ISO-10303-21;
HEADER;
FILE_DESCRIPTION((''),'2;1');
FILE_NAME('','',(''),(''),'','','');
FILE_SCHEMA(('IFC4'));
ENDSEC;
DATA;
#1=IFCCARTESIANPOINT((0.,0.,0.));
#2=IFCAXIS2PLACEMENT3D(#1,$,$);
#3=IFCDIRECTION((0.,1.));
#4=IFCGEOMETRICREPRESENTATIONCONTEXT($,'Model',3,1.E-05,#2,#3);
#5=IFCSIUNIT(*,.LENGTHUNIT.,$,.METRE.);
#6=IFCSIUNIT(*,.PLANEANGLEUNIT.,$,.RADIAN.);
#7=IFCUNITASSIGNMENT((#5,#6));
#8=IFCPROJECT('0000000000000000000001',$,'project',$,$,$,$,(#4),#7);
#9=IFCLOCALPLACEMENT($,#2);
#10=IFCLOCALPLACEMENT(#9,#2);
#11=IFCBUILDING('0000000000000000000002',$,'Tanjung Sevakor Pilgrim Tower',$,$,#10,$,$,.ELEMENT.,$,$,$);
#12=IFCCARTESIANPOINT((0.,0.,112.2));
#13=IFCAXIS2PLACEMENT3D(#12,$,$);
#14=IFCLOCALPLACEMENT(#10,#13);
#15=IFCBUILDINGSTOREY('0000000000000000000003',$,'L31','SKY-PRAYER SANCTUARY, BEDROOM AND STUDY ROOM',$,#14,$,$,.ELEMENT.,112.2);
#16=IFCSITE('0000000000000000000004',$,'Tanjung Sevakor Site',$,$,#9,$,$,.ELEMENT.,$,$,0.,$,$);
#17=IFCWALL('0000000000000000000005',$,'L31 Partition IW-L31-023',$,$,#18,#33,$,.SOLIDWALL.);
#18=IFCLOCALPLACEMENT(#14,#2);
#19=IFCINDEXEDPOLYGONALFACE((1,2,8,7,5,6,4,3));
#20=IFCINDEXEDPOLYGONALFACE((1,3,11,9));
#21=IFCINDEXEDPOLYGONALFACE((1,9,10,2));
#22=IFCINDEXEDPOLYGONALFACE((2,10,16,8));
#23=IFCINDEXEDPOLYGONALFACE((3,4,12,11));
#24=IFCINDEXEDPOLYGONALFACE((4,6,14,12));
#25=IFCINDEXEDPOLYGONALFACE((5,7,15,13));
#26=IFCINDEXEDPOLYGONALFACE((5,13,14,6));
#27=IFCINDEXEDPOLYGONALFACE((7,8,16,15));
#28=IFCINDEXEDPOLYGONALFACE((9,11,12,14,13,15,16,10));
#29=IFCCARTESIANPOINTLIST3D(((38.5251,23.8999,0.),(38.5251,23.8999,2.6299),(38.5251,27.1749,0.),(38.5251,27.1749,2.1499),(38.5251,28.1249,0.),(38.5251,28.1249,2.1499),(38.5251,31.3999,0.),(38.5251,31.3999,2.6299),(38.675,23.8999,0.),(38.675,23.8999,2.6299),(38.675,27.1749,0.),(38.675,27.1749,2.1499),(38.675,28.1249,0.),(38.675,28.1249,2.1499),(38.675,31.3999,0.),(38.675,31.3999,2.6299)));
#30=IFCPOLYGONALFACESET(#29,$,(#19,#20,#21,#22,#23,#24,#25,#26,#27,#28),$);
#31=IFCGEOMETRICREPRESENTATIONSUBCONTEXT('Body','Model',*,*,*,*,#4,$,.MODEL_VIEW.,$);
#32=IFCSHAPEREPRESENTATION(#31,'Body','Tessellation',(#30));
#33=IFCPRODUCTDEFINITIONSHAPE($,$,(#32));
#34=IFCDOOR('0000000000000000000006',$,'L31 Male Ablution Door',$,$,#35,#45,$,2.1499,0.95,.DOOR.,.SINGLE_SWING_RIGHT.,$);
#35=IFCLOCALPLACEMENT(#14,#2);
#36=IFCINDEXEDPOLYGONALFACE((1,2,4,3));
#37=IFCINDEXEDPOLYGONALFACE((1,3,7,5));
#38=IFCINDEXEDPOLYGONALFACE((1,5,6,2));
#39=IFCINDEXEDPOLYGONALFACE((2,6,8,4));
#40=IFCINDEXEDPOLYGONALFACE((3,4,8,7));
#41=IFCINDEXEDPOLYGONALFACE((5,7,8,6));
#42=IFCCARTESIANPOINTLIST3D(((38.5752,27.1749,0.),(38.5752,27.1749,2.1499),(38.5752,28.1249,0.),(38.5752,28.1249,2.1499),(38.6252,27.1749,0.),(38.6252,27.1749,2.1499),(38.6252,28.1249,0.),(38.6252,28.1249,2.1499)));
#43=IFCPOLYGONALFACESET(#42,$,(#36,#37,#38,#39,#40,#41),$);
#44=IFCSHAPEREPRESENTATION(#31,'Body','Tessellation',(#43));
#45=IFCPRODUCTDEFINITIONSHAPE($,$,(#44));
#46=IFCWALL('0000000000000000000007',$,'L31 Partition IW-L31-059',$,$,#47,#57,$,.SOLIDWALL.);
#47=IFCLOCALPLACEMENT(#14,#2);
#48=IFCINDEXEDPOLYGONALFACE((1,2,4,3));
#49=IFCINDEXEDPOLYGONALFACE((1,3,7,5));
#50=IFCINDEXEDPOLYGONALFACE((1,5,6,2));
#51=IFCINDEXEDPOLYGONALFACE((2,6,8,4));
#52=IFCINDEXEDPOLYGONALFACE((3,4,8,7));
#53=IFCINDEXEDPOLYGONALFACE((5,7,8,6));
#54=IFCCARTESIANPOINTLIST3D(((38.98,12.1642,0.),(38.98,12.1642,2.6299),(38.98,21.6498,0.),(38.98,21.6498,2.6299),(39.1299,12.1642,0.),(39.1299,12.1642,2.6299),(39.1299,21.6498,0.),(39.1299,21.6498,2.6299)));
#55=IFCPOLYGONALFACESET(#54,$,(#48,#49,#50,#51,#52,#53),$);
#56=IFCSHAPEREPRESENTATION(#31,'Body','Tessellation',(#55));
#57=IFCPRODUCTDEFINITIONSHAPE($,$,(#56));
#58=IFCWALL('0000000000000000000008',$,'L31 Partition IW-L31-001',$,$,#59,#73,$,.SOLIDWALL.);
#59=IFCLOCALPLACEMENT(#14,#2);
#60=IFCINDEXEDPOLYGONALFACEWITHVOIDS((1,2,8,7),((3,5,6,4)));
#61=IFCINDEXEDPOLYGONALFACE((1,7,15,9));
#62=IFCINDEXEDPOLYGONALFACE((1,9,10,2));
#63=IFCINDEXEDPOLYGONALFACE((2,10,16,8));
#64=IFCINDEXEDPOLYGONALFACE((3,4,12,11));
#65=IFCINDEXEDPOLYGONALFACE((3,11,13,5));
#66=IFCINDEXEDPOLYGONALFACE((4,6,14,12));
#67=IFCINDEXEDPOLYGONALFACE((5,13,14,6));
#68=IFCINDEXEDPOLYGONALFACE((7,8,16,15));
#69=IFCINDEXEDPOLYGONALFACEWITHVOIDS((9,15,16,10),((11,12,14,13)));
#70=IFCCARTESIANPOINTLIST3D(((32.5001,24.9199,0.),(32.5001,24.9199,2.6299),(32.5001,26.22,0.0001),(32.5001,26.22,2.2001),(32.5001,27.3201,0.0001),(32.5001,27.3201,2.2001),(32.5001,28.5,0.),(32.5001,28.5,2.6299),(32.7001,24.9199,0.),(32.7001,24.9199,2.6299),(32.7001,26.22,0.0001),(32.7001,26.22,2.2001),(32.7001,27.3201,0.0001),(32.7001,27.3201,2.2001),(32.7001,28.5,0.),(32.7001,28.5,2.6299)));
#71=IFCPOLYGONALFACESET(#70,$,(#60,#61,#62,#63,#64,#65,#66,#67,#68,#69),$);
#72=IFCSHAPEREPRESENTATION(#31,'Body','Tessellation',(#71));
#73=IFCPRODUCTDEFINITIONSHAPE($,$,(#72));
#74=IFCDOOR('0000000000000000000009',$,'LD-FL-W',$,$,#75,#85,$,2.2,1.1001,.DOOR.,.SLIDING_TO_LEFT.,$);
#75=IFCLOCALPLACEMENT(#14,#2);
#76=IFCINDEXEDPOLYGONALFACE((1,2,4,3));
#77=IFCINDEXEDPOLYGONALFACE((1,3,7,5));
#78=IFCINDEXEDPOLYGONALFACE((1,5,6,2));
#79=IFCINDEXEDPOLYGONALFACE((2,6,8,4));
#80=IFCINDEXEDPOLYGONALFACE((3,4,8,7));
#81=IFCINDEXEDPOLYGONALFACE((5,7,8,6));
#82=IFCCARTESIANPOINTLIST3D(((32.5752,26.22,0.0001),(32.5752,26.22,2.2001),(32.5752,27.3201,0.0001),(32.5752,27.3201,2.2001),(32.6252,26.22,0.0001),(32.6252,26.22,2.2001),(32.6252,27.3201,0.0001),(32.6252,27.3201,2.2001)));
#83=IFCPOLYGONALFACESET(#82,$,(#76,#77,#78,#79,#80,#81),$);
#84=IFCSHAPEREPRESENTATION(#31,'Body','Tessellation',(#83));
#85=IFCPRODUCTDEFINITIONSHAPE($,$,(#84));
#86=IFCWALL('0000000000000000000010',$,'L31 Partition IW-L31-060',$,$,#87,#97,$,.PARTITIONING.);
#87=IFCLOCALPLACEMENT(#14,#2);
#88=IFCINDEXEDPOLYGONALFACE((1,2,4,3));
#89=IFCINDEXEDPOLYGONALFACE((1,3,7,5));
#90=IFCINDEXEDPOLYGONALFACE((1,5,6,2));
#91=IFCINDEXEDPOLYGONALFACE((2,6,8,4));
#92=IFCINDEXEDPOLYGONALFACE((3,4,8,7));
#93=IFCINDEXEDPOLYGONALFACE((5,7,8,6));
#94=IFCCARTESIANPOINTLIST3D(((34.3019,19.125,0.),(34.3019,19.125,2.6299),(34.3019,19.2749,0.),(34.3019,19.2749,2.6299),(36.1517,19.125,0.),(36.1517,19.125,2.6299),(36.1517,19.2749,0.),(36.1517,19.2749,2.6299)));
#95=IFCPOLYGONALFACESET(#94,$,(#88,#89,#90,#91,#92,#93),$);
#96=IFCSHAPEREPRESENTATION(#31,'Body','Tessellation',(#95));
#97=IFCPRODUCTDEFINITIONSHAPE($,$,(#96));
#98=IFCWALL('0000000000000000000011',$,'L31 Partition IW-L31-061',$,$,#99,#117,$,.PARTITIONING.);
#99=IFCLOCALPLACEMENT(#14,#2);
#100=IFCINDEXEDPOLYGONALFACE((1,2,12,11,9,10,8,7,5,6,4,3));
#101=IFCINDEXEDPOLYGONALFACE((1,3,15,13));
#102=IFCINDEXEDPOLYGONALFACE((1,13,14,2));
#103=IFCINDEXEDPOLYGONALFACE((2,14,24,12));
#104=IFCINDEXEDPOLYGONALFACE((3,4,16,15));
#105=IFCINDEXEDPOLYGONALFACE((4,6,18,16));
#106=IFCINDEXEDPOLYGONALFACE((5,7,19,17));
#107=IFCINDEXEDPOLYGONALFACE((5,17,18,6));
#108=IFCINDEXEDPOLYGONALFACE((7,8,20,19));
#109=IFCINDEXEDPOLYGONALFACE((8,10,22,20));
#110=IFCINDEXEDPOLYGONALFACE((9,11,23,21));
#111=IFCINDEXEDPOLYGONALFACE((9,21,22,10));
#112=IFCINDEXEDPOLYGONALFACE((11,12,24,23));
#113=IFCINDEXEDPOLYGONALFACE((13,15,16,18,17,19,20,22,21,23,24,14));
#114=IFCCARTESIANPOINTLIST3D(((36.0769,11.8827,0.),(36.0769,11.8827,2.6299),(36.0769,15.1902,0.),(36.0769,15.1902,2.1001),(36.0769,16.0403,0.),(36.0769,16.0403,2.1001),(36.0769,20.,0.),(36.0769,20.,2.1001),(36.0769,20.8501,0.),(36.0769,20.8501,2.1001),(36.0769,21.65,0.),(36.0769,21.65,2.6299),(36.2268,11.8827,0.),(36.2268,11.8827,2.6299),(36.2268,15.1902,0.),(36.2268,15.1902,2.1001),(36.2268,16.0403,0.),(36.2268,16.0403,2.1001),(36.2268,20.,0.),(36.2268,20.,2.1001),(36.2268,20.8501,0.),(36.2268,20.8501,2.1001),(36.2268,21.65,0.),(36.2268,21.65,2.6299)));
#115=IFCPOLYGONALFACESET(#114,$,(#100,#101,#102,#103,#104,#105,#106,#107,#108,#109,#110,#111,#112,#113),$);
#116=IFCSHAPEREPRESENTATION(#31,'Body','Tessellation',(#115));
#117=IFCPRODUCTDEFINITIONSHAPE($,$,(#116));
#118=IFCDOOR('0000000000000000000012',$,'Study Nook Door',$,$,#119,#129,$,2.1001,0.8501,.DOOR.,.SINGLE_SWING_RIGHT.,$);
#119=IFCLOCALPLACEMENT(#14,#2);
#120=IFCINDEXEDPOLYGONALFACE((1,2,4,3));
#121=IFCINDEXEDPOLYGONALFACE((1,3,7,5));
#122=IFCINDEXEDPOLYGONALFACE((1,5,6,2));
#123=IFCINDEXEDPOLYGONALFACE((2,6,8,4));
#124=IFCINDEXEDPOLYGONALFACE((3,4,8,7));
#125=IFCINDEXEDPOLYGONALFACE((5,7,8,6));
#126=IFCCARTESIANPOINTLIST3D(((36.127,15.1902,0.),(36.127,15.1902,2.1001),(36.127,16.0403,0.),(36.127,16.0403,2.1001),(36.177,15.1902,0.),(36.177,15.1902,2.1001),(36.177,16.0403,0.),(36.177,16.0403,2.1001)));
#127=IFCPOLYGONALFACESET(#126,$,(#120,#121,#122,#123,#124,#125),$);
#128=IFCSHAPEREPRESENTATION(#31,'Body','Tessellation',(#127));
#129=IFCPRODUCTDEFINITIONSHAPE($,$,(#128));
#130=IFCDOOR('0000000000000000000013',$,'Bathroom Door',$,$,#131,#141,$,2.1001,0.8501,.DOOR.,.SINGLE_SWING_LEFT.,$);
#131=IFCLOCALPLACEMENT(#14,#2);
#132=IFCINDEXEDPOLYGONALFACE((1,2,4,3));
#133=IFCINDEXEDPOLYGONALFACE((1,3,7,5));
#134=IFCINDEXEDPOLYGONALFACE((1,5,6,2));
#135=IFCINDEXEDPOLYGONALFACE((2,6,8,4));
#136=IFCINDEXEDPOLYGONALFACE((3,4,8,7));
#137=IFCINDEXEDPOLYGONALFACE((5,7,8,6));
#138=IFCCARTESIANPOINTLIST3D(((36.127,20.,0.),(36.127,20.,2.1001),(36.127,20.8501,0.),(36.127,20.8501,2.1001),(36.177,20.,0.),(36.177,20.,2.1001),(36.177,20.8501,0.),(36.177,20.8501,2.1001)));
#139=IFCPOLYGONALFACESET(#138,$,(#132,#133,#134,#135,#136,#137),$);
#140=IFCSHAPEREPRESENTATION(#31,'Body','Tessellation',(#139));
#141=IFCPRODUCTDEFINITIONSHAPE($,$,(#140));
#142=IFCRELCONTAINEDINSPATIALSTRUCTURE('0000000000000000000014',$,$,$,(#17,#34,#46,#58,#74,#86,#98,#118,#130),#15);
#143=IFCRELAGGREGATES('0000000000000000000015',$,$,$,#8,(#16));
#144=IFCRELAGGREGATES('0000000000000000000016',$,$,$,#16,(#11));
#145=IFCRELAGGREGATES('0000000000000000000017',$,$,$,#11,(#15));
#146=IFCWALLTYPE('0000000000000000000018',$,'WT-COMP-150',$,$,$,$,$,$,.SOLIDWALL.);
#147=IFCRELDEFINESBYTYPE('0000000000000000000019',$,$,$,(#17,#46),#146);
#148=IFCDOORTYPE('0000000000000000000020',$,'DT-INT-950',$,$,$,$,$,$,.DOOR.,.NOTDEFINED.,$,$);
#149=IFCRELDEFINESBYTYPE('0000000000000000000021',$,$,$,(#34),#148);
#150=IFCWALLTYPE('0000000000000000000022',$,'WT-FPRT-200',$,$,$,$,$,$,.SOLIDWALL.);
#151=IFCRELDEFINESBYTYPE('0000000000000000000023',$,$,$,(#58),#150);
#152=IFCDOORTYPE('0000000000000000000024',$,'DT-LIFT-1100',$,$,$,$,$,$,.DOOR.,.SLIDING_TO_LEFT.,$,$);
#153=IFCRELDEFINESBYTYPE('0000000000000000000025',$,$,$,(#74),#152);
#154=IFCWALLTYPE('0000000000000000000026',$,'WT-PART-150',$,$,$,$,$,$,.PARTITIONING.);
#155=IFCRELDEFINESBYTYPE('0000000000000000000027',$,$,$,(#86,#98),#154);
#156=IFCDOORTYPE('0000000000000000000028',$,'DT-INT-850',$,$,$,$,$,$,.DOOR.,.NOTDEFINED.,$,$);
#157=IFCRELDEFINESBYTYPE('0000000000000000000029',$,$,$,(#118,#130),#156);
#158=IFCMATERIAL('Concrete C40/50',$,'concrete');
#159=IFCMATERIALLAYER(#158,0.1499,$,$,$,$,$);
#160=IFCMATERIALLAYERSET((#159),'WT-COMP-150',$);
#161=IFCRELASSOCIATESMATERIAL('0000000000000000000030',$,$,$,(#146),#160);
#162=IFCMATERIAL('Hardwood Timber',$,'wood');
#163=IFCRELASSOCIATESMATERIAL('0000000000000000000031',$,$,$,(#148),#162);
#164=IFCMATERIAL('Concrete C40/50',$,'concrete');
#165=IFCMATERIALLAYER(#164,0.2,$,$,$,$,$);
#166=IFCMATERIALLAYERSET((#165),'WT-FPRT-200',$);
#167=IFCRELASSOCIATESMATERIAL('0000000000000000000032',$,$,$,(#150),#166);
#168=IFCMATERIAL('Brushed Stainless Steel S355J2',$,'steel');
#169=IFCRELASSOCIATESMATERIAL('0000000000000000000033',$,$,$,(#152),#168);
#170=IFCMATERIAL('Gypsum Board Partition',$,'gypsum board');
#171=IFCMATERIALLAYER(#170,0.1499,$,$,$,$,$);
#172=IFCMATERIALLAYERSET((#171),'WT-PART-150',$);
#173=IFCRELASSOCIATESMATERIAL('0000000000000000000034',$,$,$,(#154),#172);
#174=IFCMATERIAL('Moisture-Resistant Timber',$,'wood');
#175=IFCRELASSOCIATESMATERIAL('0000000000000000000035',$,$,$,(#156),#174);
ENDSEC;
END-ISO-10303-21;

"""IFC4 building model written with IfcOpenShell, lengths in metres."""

from ifc_helpers import new_model, si_unit, direction, frame, frame_2d, origin, place, context, subcontext, project, spatial, rectangle, extrude, material, layer, layer_set, type_object, element, fill, save


model = new_model("IFC4")

# Units and contexts
model_context = context("Model", 3, precision=1e-05, world=origin(), true_north=direction((0.0, 1.0)))
body_context = subcontext(model_context, "Body", "Model", "MODEL_VIEW")
ifc_project = project(units=[si_unit("LENGTHUNIT", "METRE"), si_unit("PLANEANGLEUNIT", "RADIAN")], contexts=[model_context])

# Site, building, storey
site_placement = place(None, origin())
site = spatial("IfcSite", under=ifc_project, at=site_placement, Name="Tanjung Sevakor Site", CompositionType="ELEMENT", RefElevation=0.0)
building_placement = place(site_placement, origin())
building = spatial("IfcBuilding", under=site, at=building_placement, Name="Tanjung Sevakor Pilgrim Tower", CompositionType="ELEMENT")
storey_placement = place(building_placement, frame((0.0, 0.0, 112.2)))
storey = spatial("IfcBuildingStorey", under=building, at=storey_placement, Name="L31", Description="SKY-PRAYER SANCTUARY, BEDROOM AND STUDY ROOM", CompositionType="ELEMENT", Elevation=112.2)

# Shared definitions
ifc_material_1 = material(Name="Concrete C40/50", Category="concrete")
ifc_layer_1 = layer(ifc_material_1, 0.1499)
ifc_layer_set_1 = layer_set([ifc_layer_1], Name="WT-COMP-150")
wall_type_1 = type_object("IfcWallType", Name="WT-COMP-150", PredefinedType="SOLIDWALL", material=ifc_layer_set_1)

# Wall, opening, door
wall_1_placement = place(storey_placement, frame((38.6001, 23.8999, 0.0), z_axis=(0.0, 0.0, 1.0), x_axis=(0.0, 1.0, 0.0)))
wall_1 = element("IfcWall", 1, at=wall_1_placement, inside=storey, type_object=wall_type_1, Name="L31 Partition IW-L31-023", PredefinedType="SOLIDWALL", context=body_context, shape_type="SweptSolid", body=[
    extrude(rectangle(XDim=7.5, YDim=0.1499, at=frame_2d((3.75, 0.0))), origin(), (0.0, 0.0, 1.0), 2.6299),
])
opening_1_placement = place(wall_1_placement, frame((3.2749, 0.0, 0.0)))
opening_1 = element("IfcOpeningElement", 2, at=opening_1_placement, cuts=wall_1, PredefinedType="OPENING", context=body_context, shape_type="SweptSolid", body=[
    extrude(rectangle(XDim=0.95, YDim=2.1499, at=frame_2d((0.4751, 1.075))), frame((0.0, 0.085, 0.0), z_axis=(0.0, -1.0, 0.0), x_axis=(1.0, 0.0, 0.0)), (0.0, 0.0, 1.0), 0.1699),
])
ifc_material_2 = material(Name="Hardwood Timber", Category="wood")
door_type_1 = type_object("IfcDoorType", Name="DT-INT-950", OperationType="NOTDEFINED", PredefinedType="DOOR", material=ifc_material_2)
door_1_placement = place(opening_1_placement, origin())
door_1 = element("IfcDoor", 3, at=door_1_placement, inside=storey, type_object=door_type_1, Name="L31 Male Ablution Door", OperationType="SINGLE_SWING_RIGHT", OverallHeight=2.1499, OverallWidth=0.95, PredefinedType="DOOR", context=body_context, shape_type="SweptSolid", body=[
    extrude(rectangle(XDim=0.95, YDim=2.1499, at=frame_2d((0.4751, 1.075))), frame((0.0, 0.0249, 0.0), z_axis=(0.0, -1.0, 0.0), x_axis=(1.0, 0.0, 0.0)), (0.0, 0.0, 1.0), 0.05),
])
fill(opening_1, door_1)

# Wall
wall_2_placement = place(storey_placement, frame((39.0549, 12.1643, 0.0), z_axis=(0.0, 0.0, 1.0), x_axis=(0.0, 1.0, 0.0)))
element("IfcWall", 4, at=wall_2_placement, inside=storey, type_object=wall_type_1, Name="L31 Partition IW-L31-059", PredefinedType="SOLIDWALL", context=body_context, shape_type="SweptSolid", body=[
    extrude(rectangle(XDim=9.4856, YDim=0.1499, at=frame_2d((4.7427, 0.0))), origin(), (0.0, 0.0, 1.0), 2.6299),
])

# Wall, opening, door
ifc_material_3 = material(Name="Concrete C40/50", Category="concrete")
ifc_layer_2 = layer(ifc_material_3, 0.2)
ifc_layer_set_2 = layer_set([ifc_layer_2], Name="WT-FPRT-200")
wall_type_2 = type_object("IfcWallType", Name="WT-FPRT-200", PredefinedType="SOLIDWALL", material=ifc_layer_set_2)
wall_3_placement = place(storey_placement, frame((32.6001, 24.9199, 0.0), z_axis=(0.0, 0.0, 1.0), x_axis=(0.0, 1.0, 0.0)))
wall_3 = element("IfcWall", 5, at=wall_3_placement, inside=storey, type_object=wall_type_2, Name="L31 Partition IW-L31-001", PredefinedType="SOLIDWALL", context=body_context, shape_type="SweptSolid", body=[
    extrude(rectangle(XDim=3.5801, YDim=0.2, at=frame_2d((1.79, 0.0))), origin(), (0.0, 0.0, 1.0), 2.6299),
])
opening_2_placement = place(wall_3_placement, frame((1.3, 0.0, 0.0)))
opening_2 = element("IfcOpeningElement", 6, at=opening_2_placement, cuts=wall_3, PredefinedType="OPENING", context=body_context, shape_type="SweptSolid", body=[
    extrude(rectangle(XDim=1.1001, YDim=2.2, at=frame_2d((0.55, 1.1001))), frame((0.0, 0.1099, 0.0), z_axis=(0.0, -1.0, 0.0), x_axis=(1.0, 0.0, 0.0)), (0.0, 0.0, 1.0), 0.22),
])
ifc_material_4 = material(Name="Brushed Stainless Steel S355J2", Category="steel")
door_type_2 = type_object("IfcDoorType", Name="DT-LIFT-1100", OperationType="SLIDING_TO_LEFT", PredefinedType="DOOR", material=ifc_material_4)
door_2_placement = place(opening_2_placement, origin())
door_2 = element("IfcDoor", 7, at=door_2_placement, inside=storey, type_object=door_type_2, Name="LD-FL-W", OperationType="SLIDING_TO_LEFT", OverallHeight=2.2, OverallWidth=1.1001, PredefinedType="DOOR", context=body_context, shape_type="SweptSolid", body=[
    extrude(rectangle(XDim=1.1001, YDim=2.2, at=frame_2d((0.55, 1.1001))), frame((0.0, 0.0249, 0.0), z_axis=(0.0, -1.0, 0.0), x_axis=(1.0, 0.0, 0.0)), (0.0, 0.0, 1.0), 0.05),
])
fill(opening_2, door_2)

# Wall
ifc_material_5 = material(Name="Gypsum Board Partition", Category="gypsum board")
ifc_layer_3 = layer(ifc_material_5, 0.1499)
ifc_layer_set_3 = layer_set([ifc_layer_3], Name="WT-PART-150")
wall_type_3 = type_object("IfcWallType", Name="WT-PART-150", PredefinedType="PARTITIONING", material=ifc_layer_set_3)
wall_4_placement = place(storey_placement, frame((34.302, 19.2, 0.0), z_axis=(0.0, 0.0, 1.0), x_axis=(1.0, 0.0, 0.0)))
element("IfcWall", 8, at=wall_4_placement, inside=storey, type_object=wall_type_3, Name="L31 Partition IW-L31-060", PredefinedType="PARTITIONING", context=body_context, shape_type="SweptSolid", body=[
    extrude(rectangle(XDim=1.8499, YDim=0.1499, at=frame_2d((0.9248, 0.0))), origin(), (0.0, 0.0, 1.0), 2.6299),
])

# Wall, openings, doors
wall_5_placement = place(storey_placement, frame((36.1519, 11.8826, 0.0), z_axis=(0.0, 0.0, 1.0), x_axis=(0.0, 1.0, 0.0)))
wall_5 = element("IfcWall", 9, at=wall_5_placement, inside=storey, type_object=wall_type_3, Name="L31 Partition IW-L31-061", PredefinedType="PARTITIONING", context=body_context, shape_type="SweptSolid", body=[
    extrude(rectangle(XDim=9.7673, YDim=0.1499, at=frame_2d((4.8838, 0.0))), origin(), (0.0, 0.0, 1.0), 2.6299),
])
opening_3_placement = place(wall_5_placement, frame((3.3076, 0.0, 0.0)))
opening_3 = element("IfcOpeningElement", 10, at=opening_3_placement, cuts=wall_5, PredefinedType="OPENING", context=body_context, shape_type="SweptSolid", body=[
    extrude(rectangle(XDim=0.8501, YDim=2.1001, at=frame_2d((0.425, 1.05))), frame((0.0, 0.085, 0.0), z_axis=(0.0, -1.0, 0.0), x_axis=(1.0, 0.0, 0.0)), (0.0, 0.0, 1.0), 0.1699),
])
opening_4_placement = place(wall_5_placement, frame((8.1174, 0.0, 0.0)))
opening_4 = element("IfcOpeningElement", 11, at=opening_4_placement, cuts=wall_5, PredefinedType="OPENING", context=body_context, shape_type="SweptSolid", body=[
    extrude(rectangle(XDim=0.8501, YDim=2.1001, at=frame_2d((0.425, 1.05))), frame((0.0, 0.085, 0.0), z_axis=(0.0, -1.0, 0.0), x_axis=(1.0, 0.0, 0.0)), (0.0, 0.0, 1.0), 0.1699),
])
ifc_material_6 = material(Name="Moisture-Resistant Timber", Category="wood")
door_type_3 = type_object("IfcDoorType", Name="DT-INT-850", OperationType="NOTDEFINED", PredefinedType="DOOR", material=ifc_material_6)
door_3_placement = place(opening_3_placement, origin())
door_3 = element("IfcDoor", 12, at=door_3_placement, inside=storey, type_object=door_type_3, Name="Study Nook Door", OperationType="SINGLE_SWING_RIGHT", OverallHeight=2.1001, OverallWidth=0.8501, PredefinedType="DOOR", context=body_context, shape_type="SweptSolid", body=[
    extrude(rectangle(XDim=0.8501, YDim=2.1001, at=frame_2d((0.425, 1.05))), frame((0.0, 0.0249, 0.0), z_axis=(0.0, -1.0, 0.0), x_axis=(1.0, 0.0, 0.0)), (0.0, 0.0, 1.0), 0.05),
])
fill(opening_3, door_3)
door_4_placement = place(opening_4_placement, origin())
door_4 = element("IfcDoor", 13, at=door_4_placement, inside=storey, type_object=door_type_3, Name="Bathroom Door", OperationType="SINGLE_SWING_LEFT", OverallHeight=2.1001, OverallWidth=0.8501, PredefinedType="DOOR", context=body_context, shape_type="SweptSolid", body=[
    extrude(rectangle(XDim=0.8501, YDim=2.1001, at=frame_2d((0.425, 1.05))), frame((0.0, 0.0249, 0.0), z_axis=(0.0, -1.0, 0.0), x_axis=(1.0, 0.0, 0.0)), (0.0, 0.0, 1.0), 0.05),
])
fill(opening_4, door_4)

save(model, "model.ifc")
